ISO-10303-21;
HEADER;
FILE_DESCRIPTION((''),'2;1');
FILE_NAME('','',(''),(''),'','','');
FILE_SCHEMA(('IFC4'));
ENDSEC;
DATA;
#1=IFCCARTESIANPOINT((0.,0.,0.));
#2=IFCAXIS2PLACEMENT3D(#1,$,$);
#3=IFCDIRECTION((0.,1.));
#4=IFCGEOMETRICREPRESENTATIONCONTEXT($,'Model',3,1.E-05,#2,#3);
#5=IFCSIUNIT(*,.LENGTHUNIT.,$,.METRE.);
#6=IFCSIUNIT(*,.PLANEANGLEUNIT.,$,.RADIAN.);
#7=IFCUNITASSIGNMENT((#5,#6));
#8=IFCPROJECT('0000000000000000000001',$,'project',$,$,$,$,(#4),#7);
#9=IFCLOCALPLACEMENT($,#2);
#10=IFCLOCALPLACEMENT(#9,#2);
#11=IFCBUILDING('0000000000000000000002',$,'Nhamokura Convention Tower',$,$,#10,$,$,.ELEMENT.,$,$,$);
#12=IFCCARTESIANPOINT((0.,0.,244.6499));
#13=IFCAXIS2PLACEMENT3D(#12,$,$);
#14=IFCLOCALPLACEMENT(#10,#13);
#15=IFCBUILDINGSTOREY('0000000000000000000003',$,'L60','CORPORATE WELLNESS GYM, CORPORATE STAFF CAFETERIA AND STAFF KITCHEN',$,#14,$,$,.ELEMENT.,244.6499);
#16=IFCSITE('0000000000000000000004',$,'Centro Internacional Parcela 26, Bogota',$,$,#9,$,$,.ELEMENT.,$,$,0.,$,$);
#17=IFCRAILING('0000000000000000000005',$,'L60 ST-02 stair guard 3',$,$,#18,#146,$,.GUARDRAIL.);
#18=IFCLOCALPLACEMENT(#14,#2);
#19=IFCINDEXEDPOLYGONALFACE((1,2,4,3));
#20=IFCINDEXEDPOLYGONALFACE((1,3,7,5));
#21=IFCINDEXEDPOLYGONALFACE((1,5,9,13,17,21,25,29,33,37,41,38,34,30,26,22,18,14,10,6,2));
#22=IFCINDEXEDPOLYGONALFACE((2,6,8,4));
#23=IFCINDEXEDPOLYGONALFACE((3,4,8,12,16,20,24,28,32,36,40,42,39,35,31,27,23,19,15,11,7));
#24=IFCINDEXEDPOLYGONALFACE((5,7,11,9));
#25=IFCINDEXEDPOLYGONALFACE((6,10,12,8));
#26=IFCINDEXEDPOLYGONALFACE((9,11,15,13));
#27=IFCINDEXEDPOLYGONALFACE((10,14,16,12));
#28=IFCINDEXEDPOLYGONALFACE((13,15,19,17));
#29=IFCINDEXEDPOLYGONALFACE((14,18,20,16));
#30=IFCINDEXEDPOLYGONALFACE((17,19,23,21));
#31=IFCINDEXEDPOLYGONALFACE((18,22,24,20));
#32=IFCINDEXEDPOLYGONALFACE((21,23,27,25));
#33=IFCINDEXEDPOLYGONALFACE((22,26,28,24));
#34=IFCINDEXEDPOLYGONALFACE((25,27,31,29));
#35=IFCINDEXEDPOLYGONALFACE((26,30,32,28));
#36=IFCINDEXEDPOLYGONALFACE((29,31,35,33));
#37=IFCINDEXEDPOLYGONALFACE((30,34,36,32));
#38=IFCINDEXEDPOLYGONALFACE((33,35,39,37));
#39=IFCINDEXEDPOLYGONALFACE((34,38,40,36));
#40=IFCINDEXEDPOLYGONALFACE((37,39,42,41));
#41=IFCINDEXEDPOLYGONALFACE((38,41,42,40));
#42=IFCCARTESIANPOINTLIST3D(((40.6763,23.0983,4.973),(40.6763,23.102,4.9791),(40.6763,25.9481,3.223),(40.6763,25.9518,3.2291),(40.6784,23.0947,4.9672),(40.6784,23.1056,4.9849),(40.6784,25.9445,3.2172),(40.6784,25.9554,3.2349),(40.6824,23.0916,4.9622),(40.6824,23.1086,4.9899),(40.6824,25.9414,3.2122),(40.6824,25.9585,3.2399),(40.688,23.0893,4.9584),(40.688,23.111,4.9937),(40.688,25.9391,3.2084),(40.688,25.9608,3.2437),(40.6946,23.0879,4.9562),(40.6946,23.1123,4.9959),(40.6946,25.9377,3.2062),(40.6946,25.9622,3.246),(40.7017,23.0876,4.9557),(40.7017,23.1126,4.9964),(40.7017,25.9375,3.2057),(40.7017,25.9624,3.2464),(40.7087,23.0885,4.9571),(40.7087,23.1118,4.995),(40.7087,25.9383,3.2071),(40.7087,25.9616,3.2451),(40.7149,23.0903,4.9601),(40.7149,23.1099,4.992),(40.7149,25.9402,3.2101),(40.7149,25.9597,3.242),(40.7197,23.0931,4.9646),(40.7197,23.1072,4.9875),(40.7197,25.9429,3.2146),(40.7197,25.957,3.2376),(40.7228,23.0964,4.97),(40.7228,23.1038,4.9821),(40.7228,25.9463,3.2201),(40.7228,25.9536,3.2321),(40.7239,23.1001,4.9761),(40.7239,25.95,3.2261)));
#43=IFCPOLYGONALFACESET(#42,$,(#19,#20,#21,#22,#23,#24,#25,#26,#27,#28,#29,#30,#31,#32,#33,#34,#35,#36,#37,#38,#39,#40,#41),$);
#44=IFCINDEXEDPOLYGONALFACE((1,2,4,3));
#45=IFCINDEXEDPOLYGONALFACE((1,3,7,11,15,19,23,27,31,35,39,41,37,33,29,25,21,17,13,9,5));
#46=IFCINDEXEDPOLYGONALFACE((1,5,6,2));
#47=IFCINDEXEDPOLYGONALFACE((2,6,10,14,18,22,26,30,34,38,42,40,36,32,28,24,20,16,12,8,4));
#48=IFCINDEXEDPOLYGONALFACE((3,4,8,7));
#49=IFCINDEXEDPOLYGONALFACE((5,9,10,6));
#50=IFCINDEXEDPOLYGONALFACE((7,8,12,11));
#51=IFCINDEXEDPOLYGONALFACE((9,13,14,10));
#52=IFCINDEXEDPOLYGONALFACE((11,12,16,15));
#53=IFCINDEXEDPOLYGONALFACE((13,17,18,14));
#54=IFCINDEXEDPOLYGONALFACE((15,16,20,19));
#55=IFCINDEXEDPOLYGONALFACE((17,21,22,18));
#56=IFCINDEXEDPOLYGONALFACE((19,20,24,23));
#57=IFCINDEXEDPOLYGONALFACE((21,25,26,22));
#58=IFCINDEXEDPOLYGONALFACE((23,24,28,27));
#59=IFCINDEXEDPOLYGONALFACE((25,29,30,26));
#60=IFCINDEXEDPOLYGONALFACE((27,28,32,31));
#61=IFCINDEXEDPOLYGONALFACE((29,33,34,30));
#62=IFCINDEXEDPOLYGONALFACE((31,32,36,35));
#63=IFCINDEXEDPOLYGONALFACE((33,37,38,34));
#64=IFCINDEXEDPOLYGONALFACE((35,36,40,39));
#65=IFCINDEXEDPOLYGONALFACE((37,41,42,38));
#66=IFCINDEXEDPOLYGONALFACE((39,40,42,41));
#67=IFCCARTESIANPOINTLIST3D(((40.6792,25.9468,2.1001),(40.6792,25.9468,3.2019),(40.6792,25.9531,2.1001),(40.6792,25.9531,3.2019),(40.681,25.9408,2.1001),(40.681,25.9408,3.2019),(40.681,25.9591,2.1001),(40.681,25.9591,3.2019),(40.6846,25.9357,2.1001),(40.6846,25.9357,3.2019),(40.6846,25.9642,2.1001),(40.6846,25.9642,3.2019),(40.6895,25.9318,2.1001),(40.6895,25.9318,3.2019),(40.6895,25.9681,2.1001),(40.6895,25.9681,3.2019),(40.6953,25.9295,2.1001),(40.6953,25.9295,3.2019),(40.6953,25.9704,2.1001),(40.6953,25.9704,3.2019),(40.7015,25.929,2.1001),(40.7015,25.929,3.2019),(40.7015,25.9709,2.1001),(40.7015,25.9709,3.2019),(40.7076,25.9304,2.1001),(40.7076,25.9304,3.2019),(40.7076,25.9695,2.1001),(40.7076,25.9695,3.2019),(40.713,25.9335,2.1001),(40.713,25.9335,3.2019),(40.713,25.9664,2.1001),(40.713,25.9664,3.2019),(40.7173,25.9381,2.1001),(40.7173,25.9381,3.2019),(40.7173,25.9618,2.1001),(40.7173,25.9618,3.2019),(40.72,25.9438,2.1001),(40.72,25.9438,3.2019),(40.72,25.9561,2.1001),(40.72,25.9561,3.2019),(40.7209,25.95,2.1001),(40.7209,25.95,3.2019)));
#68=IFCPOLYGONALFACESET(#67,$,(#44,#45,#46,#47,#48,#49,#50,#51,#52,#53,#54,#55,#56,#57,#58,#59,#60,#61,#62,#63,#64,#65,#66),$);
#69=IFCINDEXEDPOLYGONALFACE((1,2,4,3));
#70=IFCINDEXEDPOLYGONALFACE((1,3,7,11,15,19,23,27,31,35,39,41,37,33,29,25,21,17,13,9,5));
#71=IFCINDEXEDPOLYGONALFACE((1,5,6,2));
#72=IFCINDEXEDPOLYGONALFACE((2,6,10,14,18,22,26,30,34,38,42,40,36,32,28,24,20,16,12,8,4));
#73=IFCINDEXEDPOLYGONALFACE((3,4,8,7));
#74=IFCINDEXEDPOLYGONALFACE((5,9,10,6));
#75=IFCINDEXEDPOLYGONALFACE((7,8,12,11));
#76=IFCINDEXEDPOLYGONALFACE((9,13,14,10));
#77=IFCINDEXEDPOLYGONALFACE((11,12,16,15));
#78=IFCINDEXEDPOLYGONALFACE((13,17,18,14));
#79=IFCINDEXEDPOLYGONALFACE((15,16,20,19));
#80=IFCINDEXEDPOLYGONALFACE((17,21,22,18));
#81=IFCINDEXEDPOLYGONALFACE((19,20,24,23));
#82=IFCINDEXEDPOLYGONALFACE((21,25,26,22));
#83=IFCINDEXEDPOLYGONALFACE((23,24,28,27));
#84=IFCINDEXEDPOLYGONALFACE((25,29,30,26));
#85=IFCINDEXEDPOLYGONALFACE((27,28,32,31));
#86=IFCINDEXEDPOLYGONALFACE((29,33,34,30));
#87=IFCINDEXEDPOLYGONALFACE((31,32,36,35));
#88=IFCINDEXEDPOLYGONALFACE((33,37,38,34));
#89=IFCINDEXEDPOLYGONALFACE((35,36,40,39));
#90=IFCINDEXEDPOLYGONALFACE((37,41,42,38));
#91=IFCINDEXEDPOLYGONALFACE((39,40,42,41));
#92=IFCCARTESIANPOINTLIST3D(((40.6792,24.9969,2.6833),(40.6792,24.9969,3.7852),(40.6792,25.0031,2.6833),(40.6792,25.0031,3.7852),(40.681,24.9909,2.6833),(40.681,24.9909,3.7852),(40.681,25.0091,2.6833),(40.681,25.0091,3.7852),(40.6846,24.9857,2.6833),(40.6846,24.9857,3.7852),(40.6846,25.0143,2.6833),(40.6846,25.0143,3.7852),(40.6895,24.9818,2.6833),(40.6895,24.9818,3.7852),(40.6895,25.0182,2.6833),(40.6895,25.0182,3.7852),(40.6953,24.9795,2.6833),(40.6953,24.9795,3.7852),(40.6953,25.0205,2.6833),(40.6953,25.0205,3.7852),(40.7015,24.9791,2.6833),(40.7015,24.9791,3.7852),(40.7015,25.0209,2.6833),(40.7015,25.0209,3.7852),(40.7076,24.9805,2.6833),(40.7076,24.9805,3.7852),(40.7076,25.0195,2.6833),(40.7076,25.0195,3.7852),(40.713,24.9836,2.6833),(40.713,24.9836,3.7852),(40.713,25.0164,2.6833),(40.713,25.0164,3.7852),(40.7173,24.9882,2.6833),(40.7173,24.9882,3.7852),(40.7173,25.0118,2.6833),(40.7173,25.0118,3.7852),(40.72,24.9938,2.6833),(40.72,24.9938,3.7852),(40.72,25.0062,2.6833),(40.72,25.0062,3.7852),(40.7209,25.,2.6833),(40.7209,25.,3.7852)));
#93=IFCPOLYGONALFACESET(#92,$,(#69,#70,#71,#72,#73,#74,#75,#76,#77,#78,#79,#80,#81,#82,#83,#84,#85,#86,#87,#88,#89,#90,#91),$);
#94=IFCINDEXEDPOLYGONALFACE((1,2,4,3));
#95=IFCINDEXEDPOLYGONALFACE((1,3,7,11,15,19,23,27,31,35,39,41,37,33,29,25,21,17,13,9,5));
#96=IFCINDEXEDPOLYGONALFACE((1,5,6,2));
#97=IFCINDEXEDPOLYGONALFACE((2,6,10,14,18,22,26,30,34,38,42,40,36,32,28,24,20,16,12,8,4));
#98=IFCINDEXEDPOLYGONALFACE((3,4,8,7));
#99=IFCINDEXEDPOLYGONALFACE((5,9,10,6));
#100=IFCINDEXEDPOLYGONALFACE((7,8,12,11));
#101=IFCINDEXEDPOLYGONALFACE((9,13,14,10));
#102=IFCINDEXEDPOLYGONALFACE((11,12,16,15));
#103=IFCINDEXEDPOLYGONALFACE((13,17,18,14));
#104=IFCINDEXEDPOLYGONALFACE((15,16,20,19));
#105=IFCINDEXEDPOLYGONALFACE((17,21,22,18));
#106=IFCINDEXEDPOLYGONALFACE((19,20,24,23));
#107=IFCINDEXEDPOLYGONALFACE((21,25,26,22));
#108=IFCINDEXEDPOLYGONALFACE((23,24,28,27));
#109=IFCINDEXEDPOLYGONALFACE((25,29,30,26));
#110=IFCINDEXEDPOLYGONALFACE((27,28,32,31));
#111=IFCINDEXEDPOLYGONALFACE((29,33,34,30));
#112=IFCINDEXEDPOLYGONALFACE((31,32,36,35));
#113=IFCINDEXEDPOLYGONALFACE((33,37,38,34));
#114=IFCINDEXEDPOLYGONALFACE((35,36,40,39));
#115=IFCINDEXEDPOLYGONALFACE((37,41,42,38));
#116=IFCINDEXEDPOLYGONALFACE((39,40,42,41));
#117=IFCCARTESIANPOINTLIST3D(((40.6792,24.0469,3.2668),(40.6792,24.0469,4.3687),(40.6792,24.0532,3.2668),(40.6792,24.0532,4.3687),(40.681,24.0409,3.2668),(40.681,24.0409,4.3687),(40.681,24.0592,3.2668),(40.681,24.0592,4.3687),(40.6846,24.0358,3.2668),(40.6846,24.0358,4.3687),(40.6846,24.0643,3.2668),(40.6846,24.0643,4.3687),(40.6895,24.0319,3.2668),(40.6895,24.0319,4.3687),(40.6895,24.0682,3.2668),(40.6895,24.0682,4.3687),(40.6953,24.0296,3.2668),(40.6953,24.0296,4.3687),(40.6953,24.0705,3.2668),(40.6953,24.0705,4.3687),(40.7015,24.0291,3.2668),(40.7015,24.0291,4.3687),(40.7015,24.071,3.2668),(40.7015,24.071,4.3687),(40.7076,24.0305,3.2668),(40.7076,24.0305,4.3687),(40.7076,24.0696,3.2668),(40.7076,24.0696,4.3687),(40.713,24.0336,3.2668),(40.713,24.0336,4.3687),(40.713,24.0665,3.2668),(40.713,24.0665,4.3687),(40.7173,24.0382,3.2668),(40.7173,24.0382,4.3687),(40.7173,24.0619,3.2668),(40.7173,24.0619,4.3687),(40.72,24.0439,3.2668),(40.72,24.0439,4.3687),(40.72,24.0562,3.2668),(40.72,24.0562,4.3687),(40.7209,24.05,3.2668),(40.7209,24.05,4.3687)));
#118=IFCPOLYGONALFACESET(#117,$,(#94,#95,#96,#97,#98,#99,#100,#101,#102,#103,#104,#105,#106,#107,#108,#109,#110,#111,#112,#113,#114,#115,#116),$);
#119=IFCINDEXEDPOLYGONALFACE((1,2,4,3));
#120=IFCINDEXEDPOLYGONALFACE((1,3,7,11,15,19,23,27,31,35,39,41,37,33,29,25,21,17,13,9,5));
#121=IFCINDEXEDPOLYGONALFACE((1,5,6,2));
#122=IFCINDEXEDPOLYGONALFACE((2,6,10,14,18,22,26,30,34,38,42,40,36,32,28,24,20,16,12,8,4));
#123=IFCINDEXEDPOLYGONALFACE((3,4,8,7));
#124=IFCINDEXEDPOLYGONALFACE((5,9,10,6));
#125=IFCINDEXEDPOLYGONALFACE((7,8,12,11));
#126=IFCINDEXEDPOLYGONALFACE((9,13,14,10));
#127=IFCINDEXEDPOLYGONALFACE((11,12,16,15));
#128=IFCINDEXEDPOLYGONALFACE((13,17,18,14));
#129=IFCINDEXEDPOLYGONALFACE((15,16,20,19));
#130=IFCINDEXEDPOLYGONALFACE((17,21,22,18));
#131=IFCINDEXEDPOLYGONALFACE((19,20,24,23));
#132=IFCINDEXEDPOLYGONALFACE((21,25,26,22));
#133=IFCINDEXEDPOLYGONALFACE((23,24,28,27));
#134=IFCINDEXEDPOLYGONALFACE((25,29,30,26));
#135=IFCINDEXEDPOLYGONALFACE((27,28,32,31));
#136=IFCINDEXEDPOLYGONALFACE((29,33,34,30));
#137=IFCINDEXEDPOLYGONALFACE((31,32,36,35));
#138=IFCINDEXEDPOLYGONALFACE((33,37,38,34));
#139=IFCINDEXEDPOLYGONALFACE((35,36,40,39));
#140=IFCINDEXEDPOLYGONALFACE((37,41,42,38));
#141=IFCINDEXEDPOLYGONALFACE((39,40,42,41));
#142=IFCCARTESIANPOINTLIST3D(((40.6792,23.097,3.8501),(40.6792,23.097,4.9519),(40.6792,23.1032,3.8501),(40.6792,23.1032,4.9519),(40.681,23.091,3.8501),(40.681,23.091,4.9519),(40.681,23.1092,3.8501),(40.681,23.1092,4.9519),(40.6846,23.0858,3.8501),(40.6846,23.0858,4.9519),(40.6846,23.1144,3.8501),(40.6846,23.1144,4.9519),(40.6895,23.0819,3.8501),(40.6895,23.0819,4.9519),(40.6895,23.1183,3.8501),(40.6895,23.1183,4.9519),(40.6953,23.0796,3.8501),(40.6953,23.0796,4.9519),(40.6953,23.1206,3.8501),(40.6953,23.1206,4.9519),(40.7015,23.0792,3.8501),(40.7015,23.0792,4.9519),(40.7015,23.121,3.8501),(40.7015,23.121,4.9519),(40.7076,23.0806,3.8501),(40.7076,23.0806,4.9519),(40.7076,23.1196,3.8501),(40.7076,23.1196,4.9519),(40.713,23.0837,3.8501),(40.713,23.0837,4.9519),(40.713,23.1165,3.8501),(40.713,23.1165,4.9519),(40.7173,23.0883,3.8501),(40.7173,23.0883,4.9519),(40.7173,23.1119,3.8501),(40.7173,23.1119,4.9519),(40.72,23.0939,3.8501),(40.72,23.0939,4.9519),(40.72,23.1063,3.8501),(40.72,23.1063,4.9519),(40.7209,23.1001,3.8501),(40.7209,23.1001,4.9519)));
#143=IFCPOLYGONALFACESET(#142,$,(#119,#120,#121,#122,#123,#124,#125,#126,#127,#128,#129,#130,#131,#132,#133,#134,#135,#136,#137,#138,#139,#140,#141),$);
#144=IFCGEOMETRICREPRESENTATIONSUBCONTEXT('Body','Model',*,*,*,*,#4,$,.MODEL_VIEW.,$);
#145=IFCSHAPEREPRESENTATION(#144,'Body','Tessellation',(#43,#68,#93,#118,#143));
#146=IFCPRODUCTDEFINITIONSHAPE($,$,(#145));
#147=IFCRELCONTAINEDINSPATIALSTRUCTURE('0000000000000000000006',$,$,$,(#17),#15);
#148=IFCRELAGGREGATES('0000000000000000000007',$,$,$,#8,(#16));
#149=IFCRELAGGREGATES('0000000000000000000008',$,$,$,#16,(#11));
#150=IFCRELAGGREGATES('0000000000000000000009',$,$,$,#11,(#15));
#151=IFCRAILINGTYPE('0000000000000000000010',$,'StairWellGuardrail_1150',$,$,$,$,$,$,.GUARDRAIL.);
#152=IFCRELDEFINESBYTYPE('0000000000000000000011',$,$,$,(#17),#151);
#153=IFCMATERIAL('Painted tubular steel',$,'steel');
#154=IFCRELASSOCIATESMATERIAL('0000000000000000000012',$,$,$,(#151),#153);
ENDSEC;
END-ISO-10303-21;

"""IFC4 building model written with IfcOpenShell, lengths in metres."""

from ifc_helpers import new_model, si_unit, direction, frame, origin, origin_2d, place, context, subcontext, project, spatial, circle, extrude, material, type_object, element, save


model = new_model("IFC4")

# Units and contexts
model_context = context("Model", 3, precision=1e-05, world=origin(), true_north=direction((0.0, 1.0)))
body_context = subcontext(model_context, "Body", "Model", "MODEL_VIEW")
ifc_project = project(units=[si_unit("LENGTHUNIT", "METRE"), si_unit("PLANEANGLEUNIT", "RADIAN")], contexts=[model_context])

# Site, building, storey
site_placement = place(None, origin())
site = spatial("IfcSite", under=ifc_project, at=site_placement, Name="Centro Internacional Parcela 26, Bogota", CompositionType="ELEMENT", RefElevation=0.0)
building_placement = place(site_placement, origin())
building = spatial("IfcBuilding", under=site, at=building_placement, Name="Nhamokura Convention Tower", CompositionType="ELEMENT")
storey_placement = place(building_placement, frame((0.0, 0.0, 244.6499)))
storey = spatial("IfcBuildingStorey", under=building, at=storey_placement, Name="L60", Description="CORPORATE WELLNESS GYM, CORPORATE STAFF CAFETERIA AND STAFF KITCHEN", CompositionType="ELEMENT", Elevation=244.6499)

# Railing
ifc_material_1 = material(Name="Painted tubular steel", Category="steel")
railing_type_1 = type_object("IfcRailingType", Name="StairWellGuardrail_1150", PredefinedType="GUARDRAIL", material=ifc_material_1)
railing_1_placement = place(storey_placement, frame((40.7, 25.95, 2.1001)))
element("IfcRailing", 1, at=railing_1_placement, inside=storey, type_object=railing_type_1, Name="L60 ST-02 stair guard 3", PredefinedType="GUARDRAIL", context=body_context, shape_type="SweptSolid", body=[
    extrude(circle(Radius=0.0239, at=origin_2d()), frame((0.0, 0.0, 1.126), z_axis=(0.0, -0.852159, 0.523283), x_axis=(1.0, 0.0, 0.0)), (0.0, 0.0, 1.0), 3.3442),
    extrude(circle(Radius=0.021, at=origin_2d()), origin(), (0.0, 0.0, 1.0), 1.1018),
    extrude(circle(Radius=0.021, at=origin_2d()), frame((0.0, -0.95, 0.5833)), (0.0, 0.0, 1.0), 1.1018),
    extrude(circle(Radius=0.021, at=origin_2d()), frame((0.0, -1.8999, 1.1667)), (0.0, 0.0, 1.0), 1.1018),
    extrude(circle(Radius=0.021, at=origin_2d()), frame((0.0, -2.8499, 1.75)), (0.0, 0.0, 1.0), 1.1018),
])

save(model, "model.ifc")
